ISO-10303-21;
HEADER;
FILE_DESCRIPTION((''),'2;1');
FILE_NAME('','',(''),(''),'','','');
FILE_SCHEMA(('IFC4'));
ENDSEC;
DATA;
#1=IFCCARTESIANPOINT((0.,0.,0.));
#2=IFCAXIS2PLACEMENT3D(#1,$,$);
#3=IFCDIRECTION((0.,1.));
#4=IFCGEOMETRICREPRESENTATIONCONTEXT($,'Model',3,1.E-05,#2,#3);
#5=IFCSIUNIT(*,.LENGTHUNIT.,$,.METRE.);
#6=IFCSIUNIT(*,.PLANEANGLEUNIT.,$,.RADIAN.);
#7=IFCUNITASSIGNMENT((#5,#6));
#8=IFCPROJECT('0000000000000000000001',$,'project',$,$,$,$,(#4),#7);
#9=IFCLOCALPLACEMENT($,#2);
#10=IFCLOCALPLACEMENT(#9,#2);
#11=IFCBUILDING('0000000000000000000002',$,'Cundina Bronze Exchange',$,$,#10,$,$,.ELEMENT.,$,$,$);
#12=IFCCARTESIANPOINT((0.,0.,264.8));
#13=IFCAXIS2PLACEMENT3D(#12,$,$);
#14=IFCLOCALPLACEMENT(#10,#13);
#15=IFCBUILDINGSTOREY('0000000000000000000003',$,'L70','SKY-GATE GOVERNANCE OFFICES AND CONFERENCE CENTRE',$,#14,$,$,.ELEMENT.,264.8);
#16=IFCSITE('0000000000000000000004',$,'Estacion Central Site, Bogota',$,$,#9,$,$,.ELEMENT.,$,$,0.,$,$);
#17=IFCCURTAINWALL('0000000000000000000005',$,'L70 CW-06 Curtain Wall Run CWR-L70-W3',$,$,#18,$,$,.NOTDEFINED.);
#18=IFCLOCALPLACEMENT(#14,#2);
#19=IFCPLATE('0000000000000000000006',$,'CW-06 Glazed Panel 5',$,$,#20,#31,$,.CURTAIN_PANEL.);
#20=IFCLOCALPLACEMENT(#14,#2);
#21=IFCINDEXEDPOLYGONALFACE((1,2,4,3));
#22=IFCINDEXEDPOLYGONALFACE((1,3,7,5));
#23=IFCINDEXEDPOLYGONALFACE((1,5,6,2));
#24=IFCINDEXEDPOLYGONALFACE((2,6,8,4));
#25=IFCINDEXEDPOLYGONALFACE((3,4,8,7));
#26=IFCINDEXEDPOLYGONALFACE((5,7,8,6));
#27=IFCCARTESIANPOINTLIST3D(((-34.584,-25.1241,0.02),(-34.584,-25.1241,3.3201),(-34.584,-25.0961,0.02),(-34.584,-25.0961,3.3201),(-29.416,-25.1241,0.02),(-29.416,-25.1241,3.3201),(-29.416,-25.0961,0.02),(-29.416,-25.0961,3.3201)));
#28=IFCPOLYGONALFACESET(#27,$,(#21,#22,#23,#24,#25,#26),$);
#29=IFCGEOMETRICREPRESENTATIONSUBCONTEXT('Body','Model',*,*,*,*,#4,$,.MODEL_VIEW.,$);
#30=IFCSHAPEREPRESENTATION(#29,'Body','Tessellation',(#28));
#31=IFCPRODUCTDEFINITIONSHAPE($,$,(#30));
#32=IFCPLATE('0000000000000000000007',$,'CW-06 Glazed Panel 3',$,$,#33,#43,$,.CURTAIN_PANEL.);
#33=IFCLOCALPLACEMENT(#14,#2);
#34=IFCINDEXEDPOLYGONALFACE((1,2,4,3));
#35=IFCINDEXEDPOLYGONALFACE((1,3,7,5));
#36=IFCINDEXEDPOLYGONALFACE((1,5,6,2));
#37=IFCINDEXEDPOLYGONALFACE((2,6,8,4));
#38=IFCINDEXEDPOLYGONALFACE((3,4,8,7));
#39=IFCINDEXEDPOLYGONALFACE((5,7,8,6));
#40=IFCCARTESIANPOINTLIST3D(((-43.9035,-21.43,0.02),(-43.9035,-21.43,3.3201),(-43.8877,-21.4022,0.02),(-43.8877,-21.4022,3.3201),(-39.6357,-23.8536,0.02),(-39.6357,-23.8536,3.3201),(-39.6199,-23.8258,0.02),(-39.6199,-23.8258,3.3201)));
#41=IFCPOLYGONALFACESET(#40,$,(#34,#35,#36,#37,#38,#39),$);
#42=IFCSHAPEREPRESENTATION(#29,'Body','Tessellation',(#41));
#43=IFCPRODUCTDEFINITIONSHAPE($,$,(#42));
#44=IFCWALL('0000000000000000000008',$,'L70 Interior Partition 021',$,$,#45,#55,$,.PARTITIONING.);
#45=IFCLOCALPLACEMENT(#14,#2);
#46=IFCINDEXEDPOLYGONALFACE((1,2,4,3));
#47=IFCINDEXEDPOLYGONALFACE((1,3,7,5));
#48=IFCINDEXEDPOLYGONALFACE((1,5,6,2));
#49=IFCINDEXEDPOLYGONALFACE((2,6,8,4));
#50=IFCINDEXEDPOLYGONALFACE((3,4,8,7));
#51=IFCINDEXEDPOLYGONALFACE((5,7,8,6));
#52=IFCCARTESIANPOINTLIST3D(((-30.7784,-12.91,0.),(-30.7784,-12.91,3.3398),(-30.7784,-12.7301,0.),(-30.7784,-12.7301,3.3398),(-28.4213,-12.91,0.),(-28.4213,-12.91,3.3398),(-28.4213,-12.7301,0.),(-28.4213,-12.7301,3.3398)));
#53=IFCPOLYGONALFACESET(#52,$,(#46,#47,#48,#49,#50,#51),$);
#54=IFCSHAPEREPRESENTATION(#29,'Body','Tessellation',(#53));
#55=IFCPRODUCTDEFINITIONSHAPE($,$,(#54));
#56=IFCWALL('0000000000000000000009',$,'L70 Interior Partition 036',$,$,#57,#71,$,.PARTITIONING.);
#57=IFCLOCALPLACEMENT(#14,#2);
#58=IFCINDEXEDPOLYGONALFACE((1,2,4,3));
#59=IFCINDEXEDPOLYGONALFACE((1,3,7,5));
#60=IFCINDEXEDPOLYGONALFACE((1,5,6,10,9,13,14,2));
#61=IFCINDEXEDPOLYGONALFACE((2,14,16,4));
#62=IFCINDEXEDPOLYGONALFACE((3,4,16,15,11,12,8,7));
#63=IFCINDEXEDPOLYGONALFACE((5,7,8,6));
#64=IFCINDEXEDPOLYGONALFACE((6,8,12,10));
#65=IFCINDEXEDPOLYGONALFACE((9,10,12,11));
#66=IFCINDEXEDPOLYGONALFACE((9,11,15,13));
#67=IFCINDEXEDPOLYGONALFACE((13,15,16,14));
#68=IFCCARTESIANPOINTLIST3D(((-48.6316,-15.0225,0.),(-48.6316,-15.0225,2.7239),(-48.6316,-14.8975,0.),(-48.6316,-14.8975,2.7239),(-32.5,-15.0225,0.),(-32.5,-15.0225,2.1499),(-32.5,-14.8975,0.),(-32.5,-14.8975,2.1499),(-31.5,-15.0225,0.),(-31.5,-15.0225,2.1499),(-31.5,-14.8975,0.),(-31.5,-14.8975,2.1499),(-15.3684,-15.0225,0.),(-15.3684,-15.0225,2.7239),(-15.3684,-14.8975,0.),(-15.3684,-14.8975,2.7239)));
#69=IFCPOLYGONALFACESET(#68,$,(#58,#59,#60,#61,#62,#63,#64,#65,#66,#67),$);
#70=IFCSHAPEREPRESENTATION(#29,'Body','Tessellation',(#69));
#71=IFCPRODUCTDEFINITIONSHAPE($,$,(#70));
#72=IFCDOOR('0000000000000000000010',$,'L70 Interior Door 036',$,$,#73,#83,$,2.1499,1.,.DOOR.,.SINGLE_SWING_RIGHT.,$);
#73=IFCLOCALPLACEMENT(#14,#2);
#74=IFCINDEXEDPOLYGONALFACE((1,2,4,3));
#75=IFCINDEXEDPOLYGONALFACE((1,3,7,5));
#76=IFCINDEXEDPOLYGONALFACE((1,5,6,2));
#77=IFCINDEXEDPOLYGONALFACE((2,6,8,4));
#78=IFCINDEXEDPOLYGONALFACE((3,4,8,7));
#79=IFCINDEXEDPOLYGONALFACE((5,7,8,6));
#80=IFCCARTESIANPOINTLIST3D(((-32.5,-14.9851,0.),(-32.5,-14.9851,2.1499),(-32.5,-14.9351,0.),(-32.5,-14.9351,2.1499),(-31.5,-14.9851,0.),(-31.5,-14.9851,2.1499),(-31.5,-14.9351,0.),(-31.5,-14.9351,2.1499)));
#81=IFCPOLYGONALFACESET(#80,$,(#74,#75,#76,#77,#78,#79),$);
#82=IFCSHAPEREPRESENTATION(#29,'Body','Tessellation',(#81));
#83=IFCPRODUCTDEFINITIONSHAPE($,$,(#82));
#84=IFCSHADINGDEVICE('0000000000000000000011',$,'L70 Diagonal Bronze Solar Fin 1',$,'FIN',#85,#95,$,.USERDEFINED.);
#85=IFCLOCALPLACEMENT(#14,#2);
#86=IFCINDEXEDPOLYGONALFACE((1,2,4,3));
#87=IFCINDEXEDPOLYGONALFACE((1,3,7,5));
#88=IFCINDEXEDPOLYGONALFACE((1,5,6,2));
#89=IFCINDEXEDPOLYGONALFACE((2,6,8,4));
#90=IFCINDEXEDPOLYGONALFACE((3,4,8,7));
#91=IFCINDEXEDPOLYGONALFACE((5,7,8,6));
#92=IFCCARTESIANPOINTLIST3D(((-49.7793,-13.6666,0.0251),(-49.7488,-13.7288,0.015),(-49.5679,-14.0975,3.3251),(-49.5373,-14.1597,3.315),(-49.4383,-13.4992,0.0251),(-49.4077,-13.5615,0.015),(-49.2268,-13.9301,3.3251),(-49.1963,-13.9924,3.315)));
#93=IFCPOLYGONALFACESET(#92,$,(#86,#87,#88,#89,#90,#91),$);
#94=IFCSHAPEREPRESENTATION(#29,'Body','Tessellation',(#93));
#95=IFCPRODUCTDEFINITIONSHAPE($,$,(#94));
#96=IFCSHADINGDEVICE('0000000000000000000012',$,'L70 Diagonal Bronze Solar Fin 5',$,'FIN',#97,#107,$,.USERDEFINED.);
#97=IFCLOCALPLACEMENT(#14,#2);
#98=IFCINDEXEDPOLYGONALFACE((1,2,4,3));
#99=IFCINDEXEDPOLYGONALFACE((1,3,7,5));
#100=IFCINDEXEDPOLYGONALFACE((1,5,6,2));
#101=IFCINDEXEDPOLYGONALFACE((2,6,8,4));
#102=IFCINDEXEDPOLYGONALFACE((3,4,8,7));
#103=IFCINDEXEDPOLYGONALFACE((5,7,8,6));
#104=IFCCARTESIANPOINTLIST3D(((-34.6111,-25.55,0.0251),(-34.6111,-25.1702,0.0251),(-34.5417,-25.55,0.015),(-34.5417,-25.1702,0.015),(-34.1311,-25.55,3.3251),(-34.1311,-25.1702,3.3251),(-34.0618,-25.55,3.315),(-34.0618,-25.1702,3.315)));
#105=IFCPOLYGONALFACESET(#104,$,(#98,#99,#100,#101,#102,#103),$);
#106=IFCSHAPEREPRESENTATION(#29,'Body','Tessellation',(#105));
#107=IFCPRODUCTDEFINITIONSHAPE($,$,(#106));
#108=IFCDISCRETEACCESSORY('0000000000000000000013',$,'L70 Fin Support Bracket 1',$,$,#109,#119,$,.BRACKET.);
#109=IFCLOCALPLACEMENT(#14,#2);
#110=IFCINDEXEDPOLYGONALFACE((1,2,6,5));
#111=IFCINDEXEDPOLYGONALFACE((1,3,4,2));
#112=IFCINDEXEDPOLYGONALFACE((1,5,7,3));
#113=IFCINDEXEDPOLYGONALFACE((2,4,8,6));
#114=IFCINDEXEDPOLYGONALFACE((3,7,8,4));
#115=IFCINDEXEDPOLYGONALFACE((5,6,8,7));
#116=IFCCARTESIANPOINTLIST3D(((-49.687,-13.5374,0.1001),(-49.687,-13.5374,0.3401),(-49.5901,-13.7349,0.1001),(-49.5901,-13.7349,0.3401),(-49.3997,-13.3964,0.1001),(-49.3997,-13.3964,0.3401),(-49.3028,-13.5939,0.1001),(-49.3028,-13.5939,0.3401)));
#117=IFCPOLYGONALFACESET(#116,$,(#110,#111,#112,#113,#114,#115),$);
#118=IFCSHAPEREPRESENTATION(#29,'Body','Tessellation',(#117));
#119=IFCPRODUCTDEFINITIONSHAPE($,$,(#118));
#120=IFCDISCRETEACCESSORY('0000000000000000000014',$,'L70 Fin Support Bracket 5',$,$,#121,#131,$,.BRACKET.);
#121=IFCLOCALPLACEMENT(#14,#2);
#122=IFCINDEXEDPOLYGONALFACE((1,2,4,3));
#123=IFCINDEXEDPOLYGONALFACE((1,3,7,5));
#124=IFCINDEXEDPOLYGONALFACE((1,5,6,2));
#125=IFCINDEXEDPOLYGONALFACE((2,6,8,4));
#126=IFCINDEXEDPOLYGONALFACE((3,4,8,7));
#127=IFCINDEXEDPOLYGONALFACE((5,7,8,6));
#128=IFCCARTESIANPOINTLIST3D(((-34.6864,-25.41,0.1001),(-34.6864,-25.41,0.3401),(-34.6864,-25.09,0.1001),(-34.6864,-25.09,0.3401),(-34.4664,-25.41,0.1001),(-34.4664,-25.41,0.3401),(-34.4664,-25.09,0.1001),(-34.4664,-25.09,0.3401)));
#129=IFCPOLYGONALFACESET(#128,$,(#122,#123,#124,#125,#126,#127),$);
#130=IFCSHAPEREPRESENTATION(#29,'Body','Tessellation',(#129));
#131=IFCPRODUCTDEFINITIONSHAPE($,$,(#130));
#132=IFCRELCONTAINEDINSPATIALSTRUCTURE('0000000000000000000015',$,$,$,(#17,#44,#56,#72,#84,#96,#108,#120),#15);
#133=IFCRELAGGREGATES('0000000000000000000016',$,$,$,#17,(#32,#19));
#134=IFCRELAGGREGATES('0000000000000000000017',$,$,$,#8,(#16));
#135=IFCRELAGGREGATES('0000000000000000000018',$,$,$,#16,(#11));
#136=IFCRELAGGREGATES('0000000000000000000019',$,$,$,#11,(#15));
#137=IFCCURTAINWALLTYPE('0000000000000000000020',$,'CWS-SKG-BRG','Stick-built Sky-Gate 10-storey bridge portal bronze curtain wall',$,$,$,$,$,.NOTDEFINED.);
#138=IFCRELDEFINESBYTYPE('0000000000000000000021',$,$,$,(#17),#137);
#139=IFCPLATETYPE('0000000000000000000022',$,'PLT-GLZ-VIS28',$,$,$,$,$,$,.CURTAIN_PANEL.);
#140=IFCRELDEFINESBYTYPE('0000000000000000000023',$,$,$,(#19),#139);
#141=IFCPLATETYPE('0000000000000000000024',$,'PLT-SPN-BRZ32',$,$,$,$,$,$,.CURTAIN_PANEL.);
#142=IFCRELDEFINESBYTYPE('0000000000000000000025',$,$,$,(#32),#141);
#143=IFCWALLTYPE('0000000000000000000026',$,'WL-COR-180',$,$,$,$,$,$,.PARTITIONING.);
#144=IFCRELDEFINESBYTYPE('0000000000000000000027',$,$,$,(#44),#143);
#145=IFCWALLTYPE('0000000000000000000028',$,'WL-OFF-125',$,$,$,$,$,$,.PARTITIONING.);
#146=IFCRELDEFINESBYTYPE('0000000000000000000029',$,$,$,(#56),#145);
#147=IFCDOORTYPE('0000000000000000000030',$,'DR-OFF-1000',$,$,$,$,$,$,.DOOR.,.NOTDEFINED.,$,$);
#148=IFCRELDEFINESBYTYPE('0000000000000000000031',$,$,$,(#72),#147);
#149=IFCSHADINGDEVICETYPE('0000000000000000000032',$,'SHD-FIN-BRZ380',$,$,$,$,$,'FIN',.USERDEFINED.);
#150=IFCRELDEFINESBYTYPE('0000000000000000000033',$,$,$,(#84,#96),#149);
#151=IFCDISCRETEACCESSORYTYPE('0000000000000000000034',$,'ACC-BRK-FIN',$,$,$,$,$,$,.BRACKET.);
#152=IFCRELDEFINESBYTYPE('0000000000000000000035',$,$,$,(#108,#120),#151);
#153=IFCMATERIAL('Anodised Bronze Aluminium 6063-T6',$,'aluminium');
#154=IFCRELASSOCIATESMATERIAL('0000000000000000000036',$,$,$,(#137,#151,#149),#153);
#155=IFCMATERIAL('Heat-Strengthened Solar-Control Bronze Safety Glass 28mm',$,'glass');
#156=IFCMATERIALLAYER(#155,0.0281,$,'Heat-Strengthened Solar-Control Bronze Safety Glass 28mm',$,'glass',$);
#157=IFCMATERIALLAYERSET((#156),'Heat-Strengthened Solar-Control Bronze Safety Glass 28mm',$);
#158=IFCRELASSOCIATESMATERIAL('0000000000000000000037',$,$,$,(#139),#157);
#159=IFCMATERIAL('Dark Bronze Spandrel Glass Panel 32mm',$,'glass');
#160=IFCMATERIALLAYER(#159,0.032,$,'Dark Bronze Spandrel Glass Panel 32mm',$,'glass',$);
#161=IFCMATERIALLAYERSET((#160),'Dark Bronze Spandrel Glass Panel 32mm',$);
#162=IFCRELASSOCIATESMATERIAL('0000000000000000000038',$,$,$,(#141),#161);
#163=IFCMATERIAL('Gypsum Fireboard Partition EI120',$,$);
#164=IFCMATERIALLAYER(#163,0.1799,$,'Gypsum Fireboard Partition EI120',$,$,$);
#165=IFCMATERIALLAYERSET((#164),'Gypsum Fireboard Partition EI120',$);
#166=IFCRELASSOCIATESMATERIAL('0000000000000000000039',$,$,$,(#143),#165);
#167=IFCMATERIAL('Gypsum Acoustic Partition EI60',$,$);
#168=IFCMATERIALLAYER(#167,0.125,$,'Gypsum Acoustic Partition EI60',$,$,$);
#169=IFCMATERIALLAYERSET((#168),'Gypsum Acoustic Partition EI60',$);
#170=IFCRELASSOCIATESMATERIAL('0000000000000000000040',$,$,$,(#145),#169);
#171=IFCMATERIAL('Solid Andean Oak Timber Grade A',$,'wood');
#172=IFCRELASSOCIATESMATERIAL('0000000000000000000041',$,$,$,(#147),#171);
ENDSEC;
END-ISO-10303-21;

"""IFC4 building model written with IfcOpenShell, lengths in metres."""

from ifc_helpers import new_model, si_unit, direction, frame, frame_2d, origin, origin_2d, place, context, subcontext, project, spatial, rectangle, extrude, material, layer, layer_set, material_profile, profile_set, type_object, element, fill, aggregate, save


model = new_model("IFC4")

# Units and contexts
model_context = context("Model", 3, precision=1e-05, world=origin(), true_north=direction((0.0, 1.0)))
body_context = subcontext(model_context, "Body", "Model", "MODEL_VIEW")
ifc_project = project(units=[si_unit("LENGTHUNIT", "METRE"), si_unit("PLANEANGLEUNIT", "RADIAN")], contexts=[model_context])

# Site, building, storey
site_placement = place(None, origin())
site = spatial("IfcSite", under=ifc_project, at=site_placement, Name="Estacion Central Site, Bogota", CompositionType="ELEMENT", RefElevation=0.0)
building_placement = place(site_placement, origin())
building = spatial("IfcBuilding", under=site, at=building_placement, Name="Cundina Bronze Exchange", CompositionType="ELEMENT")
storey_placement = place(building_placement, frame((0.0, 0.0, 264.8)))
storey = spatial("IfcBuildingStorey", under=building, at=storey_placement, Name="L70", Description="SKY-GATE GOVERNANCE OFFICES AND CONFERENCE CENTRE", CompositionType="ELEMENT", Elevation=264.8)

# Shared definitions
ifc_material_1 = material(Name="Anodised Bronze Aluminium 6063-T6", Category="aluminium")
curtain_wall_type = type_object("IfcCurtainWallType", Name="CWS-SKG-BRG", Description="Stick-built Sky-Gate 10-storey bridge portal bronze curtain wall", PredefinedType="NOTDEFINED", material=ifc_material_1)

# Curtain wall
curtain_wall_1_placement = place(storey_placement, origin())
curtain_wall_1 = element("IfcCurtainWall", 1, at=curtain_wall_1_placement, inside=storey, type_object=curtain_wall_type, Name="L70 CW-06 Curtain Wall Run CWR-L70-W3", PredefinedType="NOTDEFINED")

# Plates
ifc_material_2 = material(Name="Heat-Strengthened Solar-Control Bronze Safety Glass 28mm", Category="glass")
ifc_layer_1 = layer(ifc_material_2, 0.0281, Name="Heat-Strengthened Solar-Control Bronze Safety Glass 28mm", Category="glass")
ifc_layer_set_1 = layer_set([ifc_layer_1], Name="Heat-Strengthened Solar-Control Bronze Safety Glass 28mm")
plate_type_1 = type_object("IfcPlateType", Name="PLT-GLZ-VIS28", PredefinedType="CURTAIN_PANEL", material=ifc_layer_set_1)
plate_1_placement = place(storey_placement, frame((-32.0, -25.1101, 0.02), z_axis=(0.0, 0.0, 1.0), x_axis=(1.0, 0.0, 0.0)))
plate_1 = element("IfcPlate", 2, at=plate_1_placement, type_object=plate_type_1, Name="CW-06 Glazed Panel 5", PredefinedType="CURTAIN_PANEL", context=body_context, shape_type="SweptSolid", body=[
    extrude(rectangle(XDim=5.168, YDim=0.0281, at=origin_2d()), origin(), (0.0, 0.0, 1.0), 3.3),
])
ifc_material_3 = material(Name="Dark Bronze Spandrel Glass Panel 32mm", Category="glass")
ifc_layer_2 = layer(ifc_material_3, 0.032, Name="Dark Bronze Spandrel Glass Panel 32mm", Category="glass")
ifc_layer_set_2 = layer_set([ifc_layer_2], Name="Dark Bronze Spandrel Glass Panel 32mm")
plate_type_2 = type_object("IfcPlateType", Name="PLT-SPN-BRZ32", PredefinedType="CURTAIN_PANEL", material=ifc_layer_set_2)
plate_2_placement = place(storey_placement, frame((-41.7617, -22.6279, 0.02), z_axis=(0.0, 0.0, 1.0), x_axis=(0.869573, -0.493805, 0.0)))
plate_2 = element("IfcPlate", 3, at=plate_2_placement, type_object=plate_type_2, Name="CW-06 Glazed Panel 3", PredefinedType="CURTAIN_PANEL", context=body_context, shape_type="SweptSolid", body=[
    extrude(rectangle(XDim=4.908, YDim=0.032, at=origin_2d()), origin(), (0.0, 0.0, 1.0), 3.3),
])
aggregate(curtain_wall_1, [plate_2, plate_1])

# Wall
ifc_material_4 = material(Name="Gypsum Fireboard Partition EI120")
ifc_layer_3 = layer(ifc_material_4, 0.1799, Name="Gypsum Fireboard Partition EI120")
ifc_layer_set_3 = layer_set([ifc_layer_3], Name="Gypsum Fireboard Partition EI120")
wall_type_1 = type_object("IfcWallType", Name="WL-COR-180", PredefinedType="PARTITIONING", material=ifc_layer_set_3)
wall_1_placement = place(storey_placement, frame((-30.7786, -12.8201, 0.0), z_axis=(0.0, 0.0, 1.0), x_axis=(1.0, 0.0, 0.0)))
element("IfcWall", 4, at=wall_1_placement, inside=storey, type_object=wall_type_1, Name="L70 Interior Partition 021", PredefinedType="PARTITIONING", context=body_context, shape_type="SweptSolid", body=[
    extrude(rectangle(XDim=2.3572, YDim=0.1799, at=frame_2d((1.1787, 0.0))), origin(), (0.0, 0.0, 1.0), 3.3398),
])

# Wall, opening, door
ifc_material_5 = material(Name="Gypsum Acoustic Partition EI60")
ifc_layer_4 = layer(ifc_material_5, 0.125, Name="Gypsum Acoustic Partition EI60")
ifc_layer_set_4 = layer_set([ifc_layer_4], Name="Gypsum Acoustic Partition EI60")
wall_type_2 = type_object("IfcWallType", Name="WL-OFF-125", PredefinedType="PARTITIONING", material=ifc_layer_set_4)
wall_2_placement = place(storey_placement, frame((-48.6316, -14.96, 0.0), z_axis=(0.0, 0.0, 1.0), x_axis=(1.0, 0.0, 0.0)))
wall_2 = element("IfcWall", 5, at=wall_2_placement, inside=storey, type_object=wall_type_2, Name="L70 Interior Partition 036", PredefinedType="PARTITIONING", context=body_context, shape_type="SweptSolid", body=[
    extrude(rectangle(XDim=33.2632, YDim=0.125, at=frame_2d((16.6316, 0.0))), origin(), (0.0, 0.0, 1.0), 2.7239),
])
opening_placement = place(wall_2_placement, frame((16.1316, 0.0, 0.0)))
opening = element("IfcOpeningElement", 6, at=opening_placement, cuts=wall_2, PredefinedType="OPENING", context=body_context, shape_type="SweptSolid", body=[
    extrude(rectangle(XDim=1.0, YDim=2.1499, at=frame_2d((0.5, 1.075))), frame((0.0, 0.0725, 0.0), z_axis=(0.0, -1.0, 0.0), x_axis=(1.0, 0.0, 0.0)), (0.0, 0.0, 1.0), 0.145),
])
ifc_material_6 = material(Name="Solid Andean Oak Timber Grade A", Category="wood")
door_type = type_object("IfcDoorType", Name="DR-OFF-1000", OperationType="NOTDEFINED", PredefinedType="DOOR", material=ifc_material_6)
door_placement = place(opening_placement, origin())
door = element("IfcDoor", 7, at=door_placement, inside=storey, type_object=door_type, Name="L70 Interior Door 036", OperationType="SINGLE_SWING_RIGHT", OverallHeight=2.1499, OverallWidth=1.0, PredefinedType="DOOR", context=body_context, shape_type="SweptSolid", body=[
    extrude(rectangle(XDim=1.0, YDim=2.1499, at=frame_2d((0.5, 1.075))), frame((0.0, 0.0249, 0.0), z_axis=(0.0, -1.0, 0.0), x_axis=(1.0, 0.0, 0.0)), (0.0, 0.0, 1.0), 0.05),
])
fill(opening, door)

# Shading devices
ifc_material_profile_1 = material_profile(ifc_material_1, rectangle(XDim=0.0701, YDim=0.3799, at=origin_2d()), Name="FIN70X380", Category="aluminium")
ifc_profile_set_1 = profile_set([ifc_material_profile_1], Name="Anodised Bronze Aluminium 6063-T6")
shading_device_type = type_object("IfcShadingDeviceType", Name="SHD-FIN-BRZ380", ElementType="FIN", PredefinedType="USERDEFINED", material=ifc_profile_set_1)
for number, where, z_axis, x_axis, name in (
    (8, (-49.5935, -13.614, 0.02), (0.0634, -0.129217, 0.989588), (-0.4359, 0.888411, 0.143932), "L70 Diagonal Bronze Solar Fin 1"),
    (9, (-34.5764, -25.3601, 0.02), (0.143932, 0.0, 0.989588), (-0.989588, 0.0, 0.143932), "L70 Diagonal Bronze Solar Fin 5"),
):
    element("IfcShadingDevice", number, at=place(storey_placement, frame(where, z_axis=z_axis, x_axis=x_axis)), inside=storey, type_object=shading_device_type, Name=name, ObjectType="FIN", PredefinedType="USERDEFINED", context=body_context, shape_type="SweptSolid", body=[
        extrude(rectangle(XDim=0.0701, YDim=0.3799, at=origin_2d()), origin(), (0.0, 0.0, 1.0), 3.3347),
    ])

# Discrete accessories
discrete_accessory_type = type_object("IfcDiscreteAccessoryType", Name="ACC-BRK-FIN", PredefinedType="BRACKET", material=ifc_material_1)
for number, where, z_axis, x_axis, name in (
    (10, (-49.4949, -13.5657, 0.1001), (0.0, 0.0, 1.0), (0.440503, -0.897751, 0.0), "L70 Fin Support Bracket 1"),
    (11, (-34.5764, -25.25, 0.1001), (0.0, 0.0, 1.0), (1.0, 0.0, 0.0), "L70 Fin Support Bracket 5"),
):
    element("IfcDiscreteAccessory", number, at=place(storey_placement, frame(where, z_axis=z_axis, x_axis=x_axis)), inside=storey, type_object=discrete_accessory_type, Name=name, PredefinedType="BRACKET", context=body_context, shape_type="SweptSolid", body=[
        extrude(rectangle(XDim=0.22, YDim=0.3201, at=origin_2d()), origin(), (0.0, 0.0, 1.0), 0.24),
    ])

save(model, "model.ifc")
